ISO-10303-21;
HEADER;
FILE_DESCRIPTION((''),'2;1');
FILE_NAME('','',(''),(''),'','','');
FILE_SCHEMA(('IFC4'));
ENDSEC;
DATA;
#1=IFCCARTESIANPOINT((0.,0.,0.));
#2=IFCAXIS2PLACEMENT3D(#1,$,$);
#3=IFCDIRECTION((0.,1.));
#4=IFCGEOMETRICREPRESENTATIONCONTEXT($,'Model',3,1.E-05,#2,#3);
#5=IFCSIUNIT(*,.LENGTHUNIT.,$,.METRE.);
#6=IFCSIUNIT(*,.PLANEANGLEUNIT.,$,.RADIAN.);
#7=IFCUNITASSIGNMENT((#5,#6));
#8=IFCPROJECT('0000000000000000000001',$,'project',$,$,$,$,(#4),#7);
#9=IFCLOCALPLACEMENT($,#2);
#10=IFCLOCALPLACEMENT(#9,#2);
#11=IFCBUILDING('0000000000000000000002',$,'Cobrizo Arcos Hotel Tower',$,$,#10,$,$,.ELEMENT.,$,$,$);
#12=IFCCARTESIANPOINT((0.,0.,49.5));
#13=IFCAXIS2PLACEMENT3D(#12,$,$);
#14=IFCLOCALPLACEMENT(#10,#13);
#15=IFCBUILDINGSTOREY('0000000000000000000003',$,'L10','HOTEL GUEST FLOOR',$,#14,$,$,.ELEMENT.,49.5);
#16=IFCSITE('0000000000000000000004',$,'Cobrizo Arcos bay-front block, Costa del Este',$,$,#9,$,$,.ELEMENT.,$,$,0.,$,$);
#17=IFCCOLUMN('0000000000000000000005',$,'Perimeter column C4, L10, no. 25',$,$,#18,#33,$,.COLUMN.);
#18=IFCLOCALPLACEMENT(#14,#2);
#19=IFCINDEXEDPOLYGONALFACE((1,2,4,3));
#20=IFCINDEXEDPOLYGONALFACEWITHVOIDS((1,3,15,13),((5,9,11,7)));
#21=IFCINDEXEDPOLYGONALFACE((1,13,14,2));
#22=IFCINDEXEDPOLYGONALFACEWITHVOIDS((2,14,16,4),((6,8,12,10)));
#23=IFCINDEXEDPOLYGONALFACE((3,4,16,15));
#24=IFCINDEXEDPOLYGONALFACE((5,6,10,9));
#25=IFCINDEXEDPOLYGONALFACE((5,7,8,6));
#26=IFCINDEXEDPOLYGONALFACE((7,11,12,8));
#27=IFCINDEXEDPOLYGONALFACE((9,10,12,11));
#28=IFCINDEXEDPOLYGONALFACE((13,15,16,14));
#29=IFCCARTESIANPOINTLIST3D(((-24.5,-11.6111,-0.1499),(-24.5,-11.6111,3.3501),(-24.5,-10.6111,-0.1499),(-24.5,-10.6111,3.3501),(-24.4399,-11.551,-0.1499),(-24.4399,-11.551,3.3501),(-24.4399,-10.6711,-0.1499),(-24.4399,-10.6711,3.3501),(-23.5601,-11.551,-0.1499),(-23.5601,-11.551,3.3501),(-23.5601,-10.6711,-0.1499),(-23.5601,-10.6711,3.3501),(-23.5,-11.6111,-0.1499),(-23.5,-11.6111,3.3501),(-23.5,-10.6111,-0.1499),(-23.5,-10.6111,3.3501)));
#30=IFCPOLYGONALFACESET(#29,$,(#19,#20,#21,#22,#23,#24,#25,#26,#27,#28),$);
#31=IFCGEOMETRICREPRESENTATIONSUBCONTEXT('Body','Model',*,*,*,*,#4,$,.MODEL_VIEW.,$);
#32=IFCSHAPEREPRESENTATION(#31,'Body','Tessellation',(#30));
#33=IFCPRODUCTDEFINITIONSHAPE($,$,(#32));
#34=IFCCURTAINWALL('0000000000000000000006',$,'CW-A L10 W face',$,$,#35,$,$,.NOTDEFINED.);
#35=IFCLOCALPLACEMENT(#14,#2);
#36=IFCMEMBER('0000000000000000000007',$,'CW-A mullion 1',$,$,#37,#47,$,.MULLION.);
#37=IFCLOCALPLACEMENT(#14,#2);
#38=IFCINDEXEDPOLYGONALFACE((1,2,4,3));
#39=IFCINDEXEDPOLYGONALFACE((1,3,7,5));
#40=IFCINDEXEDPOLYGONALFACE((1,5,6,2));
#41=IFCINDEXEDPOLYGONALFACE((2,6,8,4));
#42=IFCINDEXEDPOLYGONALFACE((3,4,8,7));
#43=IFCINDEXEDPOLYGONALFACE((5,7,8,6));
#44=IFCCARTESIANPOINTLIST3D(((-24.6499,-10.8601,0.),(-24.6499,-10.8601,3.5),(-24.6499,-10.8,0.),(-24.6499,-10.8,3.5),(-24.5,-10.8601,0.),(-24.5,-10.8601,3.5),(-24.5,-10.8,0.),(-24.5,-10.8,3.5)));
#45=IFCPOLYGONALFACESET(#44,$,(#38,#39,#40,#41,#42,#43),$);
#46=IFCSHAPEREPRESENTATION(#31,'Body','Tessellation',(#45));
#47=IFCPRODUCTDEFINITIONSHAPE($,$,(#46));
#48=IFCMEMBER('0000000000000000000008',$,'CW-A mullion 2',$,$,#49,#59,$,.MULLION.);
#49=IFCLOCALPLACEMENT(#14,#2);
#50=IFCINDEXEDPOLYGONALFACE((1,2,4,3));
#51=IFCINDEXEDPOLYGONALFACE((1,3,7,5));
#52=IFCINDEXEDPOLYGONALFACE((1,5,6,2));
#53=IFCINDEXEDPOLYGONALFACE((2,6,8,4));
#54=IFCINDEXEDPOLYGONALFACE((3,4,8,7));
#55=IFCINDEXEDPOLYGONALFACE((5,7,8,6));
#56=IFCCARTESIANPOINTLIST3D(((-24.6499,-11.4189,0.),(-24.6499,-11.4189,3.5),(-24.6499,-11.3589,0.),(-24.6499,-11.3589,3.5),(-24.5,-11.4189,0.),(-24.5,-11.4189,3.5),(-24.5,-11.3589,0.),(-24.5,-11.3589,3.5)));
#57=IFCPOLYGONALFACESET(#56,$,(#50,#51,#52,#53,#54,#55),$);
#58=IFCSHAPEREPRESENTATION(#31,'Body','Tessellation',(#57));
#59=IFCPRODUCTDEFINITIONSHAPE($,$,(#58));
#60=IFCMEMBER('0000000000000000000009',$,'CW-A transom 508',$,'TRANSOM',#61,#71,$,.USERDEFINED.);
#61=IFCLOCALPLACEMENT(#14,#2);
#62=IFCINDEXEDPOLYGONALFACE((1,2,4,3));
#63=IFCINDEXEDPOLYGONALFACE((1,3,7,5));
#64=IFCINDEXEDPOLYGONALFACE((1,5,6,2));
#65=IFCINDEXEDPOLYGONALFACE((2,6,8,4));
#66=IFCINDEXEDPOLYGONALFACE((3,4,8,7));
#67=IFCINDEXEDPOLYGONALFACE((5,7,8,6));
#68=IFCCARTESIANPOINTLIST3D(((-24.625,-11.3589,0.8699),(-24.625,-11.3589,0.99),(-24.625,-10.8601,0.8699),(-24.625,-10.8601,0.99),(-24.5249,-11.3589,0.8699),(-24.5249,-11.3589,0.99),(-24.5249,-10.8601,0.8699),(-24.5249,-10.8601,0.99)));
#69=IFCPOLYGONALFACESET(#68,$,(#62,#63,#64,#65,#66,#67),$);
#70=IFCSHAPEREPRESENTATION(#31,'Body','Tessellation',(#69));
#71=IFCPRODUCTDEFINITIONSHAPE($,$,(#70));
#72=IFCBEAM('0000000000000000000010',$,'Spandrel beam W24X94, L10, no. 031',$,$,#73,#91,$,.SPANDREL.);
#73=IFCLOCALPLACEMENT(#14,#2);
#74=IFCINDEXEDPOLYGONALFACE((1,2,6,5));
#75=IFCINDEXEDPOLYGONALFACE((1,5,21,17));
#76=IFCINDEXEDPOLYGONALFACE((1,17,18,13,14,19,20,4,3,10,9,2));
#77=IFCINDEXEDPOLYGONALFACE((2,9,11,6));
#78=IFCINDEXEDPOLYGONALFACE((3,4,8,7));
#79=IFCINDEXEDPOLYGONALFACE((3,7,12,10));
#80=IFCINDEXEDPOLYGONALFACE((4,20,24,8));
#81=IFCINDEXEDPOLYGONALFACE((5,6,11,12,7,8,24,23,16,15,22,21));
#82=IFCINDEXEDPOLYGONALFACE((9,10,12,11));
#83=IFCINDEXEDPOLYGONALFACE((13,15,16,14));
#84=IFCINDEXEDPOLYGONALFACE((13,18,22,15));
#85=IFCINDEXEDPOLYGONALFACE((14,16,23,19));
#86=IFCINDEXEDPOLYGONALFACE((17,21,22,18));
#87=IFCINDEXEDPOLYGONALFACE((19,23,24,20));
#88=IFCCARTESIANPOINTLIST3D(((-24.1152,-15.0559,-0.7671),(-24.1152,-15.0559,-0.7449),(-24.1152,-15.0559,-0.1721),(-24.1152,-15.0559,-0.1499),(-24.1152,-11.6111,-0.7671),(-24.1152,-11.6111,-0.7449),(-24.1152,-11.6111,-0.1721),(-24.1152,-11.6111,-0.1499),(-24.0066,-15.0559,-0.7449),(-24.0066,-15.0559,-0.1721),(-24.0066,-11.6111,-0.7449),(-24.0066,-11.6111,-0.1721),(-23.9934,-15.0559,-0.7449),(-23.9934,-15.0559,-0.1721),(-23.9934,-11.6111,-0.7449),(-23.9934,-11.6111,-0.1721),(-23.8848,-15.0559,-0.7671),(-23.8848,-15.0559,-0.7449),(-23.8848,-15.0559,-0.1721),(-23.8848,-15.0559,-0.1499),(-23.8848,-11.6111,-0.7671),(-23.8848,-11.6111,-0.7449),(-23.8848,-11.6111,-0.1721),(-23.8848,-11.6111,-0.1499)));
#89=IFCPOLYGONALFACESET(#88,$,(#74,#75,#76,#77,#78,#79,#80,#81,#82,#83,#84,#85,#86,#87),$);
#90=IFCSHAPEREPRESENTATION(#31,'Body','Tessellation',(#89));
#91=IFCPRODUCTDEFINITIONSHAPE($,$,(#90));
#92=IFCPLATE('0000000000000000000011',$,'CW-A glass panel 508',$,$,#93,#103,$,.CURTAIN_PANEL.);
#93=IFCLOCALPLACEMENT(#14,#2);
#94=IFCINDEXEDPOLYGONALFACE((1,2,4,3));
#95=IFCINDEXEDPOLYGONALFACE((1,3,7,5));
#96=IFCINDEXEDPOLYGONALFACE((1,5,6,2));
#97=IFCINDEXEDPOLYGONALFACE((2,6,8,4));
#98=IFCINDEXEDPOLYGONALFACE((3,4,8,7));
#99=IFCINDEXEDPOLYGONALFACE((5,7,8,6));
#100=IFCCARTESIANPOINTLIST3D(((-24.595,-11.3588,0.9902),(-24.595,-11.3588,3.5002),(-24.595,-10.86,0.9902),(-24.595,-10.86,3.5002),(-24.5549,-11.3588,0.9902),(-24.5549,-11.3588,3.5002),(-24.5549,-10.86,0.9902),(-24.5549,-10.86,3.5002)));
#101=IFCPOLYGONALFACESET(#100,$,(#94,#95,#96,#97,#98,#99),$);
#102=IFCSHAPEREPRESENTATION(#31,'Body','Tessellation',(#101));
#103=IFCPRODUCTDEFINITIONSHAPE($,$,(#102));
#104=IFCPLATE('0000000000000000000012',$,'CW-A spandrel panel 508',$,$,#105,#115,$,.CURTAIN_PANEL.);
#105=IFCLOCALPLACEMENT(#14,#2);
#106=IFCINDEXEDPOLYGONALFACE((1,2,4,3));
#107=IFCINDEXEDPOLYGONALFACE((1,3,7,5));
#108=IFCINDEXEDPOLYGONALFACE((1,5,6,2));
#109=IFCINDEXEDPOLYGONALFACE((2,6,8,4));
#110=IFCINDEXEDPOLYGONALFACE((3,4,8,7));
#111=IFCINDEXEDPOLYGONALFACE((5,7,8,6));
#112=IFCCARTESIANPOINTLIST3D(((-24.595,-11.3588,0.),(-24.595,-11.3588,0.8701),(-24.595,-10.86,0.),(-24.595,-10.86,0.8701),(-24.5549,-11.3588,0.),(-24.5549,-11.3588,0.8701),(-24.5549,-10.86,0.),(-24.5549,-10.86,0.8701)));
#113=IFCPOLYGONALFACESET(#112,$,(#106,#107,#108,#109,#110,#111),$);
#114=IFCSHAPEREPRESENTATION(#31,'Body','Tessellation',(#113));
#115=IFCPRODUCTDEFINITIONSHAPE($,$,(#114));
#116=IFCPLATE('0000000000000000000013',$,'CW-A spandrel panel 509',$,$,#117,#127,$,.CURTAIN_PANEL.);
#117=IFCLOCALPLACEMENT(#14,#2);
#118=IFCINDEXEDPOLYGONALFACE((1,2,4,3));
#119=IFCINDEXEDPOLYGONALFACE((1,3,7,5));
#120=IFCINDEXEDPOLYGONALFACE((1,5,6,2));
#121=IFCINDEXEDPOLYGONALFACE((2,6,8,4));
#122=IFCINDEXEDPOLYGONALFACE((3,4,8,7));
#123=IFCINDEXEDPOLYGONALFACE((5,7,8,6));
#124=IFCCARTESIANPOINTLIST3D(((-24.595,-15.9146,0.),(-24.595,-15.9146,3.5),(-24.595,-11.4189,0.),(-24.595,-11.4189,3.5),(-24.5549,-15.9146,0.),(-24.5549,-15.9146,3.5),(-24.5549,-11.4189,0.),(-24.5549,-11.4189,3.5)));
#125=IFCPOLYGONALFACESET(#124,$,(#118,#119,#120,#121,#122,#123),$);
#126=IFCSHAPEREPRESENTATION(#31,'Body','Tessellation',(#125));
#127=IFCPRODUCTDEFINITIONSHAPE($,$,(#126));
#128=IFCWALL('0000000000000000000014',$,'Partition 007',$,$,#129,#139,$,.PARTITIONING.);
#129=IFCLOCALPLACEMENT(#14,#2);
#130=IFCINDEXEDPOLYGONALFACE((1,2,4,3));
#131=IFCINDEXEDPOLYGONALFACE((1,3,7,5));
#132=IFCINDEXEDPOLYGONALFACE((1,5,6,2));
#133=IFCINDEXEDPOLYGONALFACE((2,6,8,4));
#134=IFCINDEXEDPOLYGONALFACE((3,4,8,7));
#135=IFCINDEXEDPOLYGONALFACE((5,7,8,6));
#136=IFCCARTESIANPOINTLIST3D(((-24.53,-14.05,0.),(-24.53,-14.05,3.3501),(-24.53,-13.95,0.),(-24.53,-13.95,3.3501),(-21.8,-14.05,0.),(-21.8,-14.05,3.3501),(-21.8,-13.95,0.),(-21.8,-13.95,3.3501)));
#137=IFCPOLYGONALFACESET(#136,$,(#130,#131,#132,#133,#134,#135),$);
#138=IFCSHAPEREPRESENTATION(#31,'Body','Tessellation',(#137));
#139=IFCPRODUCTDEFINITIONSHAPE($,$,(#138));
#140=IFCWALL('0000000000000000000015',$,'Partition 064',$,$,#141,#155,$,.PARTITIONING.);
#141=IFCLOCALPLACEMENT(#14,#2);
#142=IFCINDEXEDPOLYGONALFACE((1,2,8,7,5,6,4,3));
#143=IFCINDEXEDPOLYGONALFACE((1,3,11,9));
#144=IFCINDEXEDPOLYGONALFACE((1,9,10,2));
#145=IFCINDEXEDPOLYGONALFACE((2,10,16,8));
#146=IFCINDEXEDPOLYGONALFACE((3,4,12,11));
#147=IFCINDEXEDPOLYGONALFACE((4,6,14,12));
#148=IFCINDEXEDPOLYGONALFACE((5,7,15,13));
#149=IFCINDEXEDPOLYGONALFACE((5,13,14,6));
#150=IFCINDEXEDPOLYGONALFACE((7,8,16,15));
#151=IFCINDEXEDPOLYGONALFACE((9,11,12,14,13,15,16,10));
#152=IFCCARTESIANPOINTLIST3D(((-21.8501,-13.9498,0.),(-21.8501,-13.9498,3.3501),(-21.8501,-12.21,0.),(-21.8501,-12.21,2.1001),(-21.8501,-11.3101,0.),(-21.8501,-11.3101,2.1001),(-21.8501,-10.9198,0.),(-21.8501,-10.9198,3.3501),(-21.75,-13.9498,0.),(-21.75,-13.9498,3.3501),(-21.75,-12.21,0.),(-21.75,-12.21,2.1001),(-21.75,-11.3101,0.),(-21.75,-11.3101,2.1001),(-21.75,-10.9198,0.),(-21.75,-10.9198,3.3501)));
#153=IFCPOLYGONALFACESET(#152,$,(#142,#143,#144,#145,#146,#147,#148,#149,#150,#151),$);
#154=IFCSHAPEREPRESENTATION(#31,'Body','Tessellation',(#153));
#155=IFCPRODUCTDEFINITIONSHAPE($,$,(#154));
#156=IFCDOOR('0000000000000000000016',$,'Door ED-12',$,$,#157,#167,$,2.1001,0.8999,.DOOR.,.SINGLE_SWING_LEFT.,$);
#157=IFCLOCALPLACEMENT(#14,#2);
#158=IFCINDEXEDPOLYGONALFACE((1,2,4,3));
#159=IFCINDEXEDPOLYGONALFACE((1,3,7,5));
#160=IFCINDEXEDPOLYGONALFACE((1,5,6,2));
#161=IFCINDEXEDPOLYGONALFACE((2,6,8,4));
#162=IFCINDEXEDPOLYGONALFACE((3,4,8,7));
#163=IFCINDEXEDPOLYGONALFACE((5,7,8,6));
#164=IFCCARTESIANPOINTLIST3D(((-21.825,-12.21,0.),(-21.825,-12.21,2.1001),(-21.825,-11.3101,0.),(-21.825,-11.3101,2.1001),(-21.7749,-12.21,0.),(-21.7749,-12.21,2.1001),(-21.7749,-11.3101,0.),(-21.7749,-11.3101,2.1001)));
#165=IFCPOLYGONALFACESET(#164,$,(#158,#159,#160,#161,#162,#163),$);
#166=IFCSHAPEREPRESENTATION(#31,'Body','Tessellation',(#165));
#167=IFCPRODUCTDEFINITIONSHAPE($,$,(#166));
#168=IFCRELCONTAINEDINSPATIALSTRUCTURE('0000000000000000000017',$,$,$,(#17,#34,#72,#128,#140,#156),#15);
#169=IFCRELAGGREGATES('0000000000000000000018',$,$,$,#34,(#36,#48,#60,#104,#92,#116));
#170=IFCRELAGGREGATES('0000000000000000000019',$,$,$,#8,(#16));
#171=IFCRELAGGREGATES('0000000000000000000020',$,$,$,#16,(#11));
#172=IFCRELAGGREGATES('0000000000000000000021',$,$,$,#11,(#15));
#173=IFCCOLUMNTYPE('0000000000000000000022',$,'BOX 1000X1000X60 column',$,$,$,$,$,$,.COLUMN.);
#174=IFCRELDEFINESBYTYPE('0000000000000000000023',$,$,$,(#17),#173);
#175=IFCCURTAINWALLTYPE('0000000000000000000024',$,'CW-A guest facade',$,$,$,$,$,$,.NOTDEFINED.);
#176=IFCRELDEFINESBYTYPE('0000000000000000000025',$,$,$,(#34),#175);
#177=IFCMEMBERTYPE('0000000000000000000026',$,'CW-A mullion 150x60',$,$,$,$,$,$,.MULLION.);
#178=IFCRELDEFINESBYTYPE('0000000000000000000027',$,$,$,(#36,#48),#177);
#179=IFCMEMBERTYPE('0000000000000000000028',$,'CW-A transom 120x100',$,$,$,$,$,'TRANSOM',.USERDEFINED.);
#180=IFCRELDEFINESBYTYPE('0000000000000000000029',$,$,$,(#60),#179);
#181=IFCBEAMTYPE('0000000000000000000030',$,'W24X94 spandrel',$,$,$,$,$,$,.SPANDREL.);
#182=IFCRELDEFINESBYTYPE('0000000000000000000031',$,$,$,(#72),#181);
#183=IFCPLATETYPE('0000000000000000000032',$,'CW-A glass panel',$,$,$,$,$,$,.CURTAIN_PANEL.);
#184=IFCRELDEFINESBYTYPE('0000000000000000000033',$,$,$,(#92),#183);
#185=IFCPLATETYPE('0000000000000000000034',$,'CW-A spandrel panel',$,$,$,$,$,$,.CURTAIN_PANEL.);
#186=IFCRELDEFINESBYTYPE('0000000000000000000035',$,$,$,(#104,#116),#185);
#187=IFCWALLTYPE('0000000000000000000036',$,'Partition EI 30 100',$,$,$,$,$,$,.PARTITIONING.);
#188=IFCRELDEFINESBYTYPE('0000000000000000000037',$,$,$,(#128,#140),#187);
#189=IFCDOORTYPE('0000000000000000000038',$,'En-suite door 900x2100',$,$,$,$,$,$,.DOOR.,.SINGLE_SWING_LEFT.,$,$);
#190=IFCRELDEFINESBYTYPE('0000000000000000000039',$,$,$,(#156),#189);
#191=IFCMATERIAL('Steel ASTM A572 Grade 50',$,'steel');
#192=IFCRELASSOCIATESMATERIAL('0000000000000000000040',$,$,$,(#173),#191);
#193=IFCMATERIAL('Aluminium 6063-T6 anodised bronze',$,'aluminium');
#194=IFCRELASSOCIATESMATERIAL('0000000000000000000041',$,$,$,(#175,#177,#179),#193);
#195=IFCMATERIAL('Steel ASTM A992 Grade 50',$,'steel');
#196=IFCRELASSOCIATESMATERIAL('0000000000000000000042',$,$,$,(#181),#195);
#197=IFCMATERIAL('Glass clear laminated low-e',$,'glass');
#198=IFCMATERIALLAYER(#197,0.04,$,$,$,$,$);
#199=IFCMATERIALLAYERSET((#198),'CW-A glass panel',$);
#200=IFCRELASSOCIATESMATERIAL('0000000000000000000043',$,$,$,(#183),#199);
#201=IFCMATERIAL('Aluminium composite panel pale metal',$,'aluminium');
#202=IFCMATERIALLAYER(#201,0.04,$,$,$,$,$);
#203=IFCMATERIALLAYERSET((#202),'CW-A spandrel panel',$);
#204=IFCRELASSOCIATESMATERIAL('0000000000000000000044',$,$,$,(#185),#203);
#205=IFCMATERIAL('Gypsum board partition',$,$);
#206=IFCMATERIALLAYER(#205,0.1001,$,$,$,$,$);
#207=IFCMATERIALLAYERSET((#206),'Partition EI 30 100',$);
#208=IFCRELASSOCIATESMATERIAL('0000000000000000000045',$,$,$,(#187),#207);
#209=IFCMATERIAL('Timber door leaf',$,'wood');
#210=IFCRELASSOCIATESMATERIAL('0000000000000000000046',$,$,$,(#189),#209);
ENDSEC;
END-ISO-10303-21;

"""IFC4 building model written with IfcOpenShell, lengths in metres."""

from ifc_helpers import new_model, si_unit, direction, frame, frame_2d, origin, origin_2d, place, context, subcontext, project, spatial, rectangle, hollow_rectangle, i_section, extrude, material, layer, layer_set, material_profile, profile_set, type_object, element, fill, aggregate, save


model = new_model("IFC4")

# Units and contexts
model_context = context("Model", 3, precision=1e-05, world=origin(), true_north=direction((0.0, 1.0)))
body_context = subcontext(model_context, "Body", "Model", "MODEL_VIEW")
ifc_project = project(units=[si_unit("LENGTHUNIT", "METRE"), si_unit("PLANEANGLEUNIT", "RADIAN")], contexts=[model_context])

# Site, building, storey
site_placement = place(None, origin())
site = spatial("IfcSite", under=ifc_project, at=site_placement, Name="Cobrizo Arcos bay-front block, Costa del Este", CompositionType="ELEMENT", RefElevation=0.0)
building_placement = place(site_placement, origin())
building = spatial("IfcBuilding", under=site, at=building_placement, Name="Cobrizo Arcos Hotel Tower", CompositionType="ELEMENT")
storey_placement = place(building_placement, frame((0.0, 0.0, 49.5)))
storey = spatial("IfcBuildingStorey", under=building, at=storey_placement, Name="L10", Description="HOTEL GUEST FLOOR", CompositionType="ELEMENT", Elevation=49.5)

# Column
ifc_material_1 = material(Name="Steel ASTM A572 Grade 50", Category="steel")
ifc_material_profile_1 = material_profile(ifc_material_1, hollow_rectangle(XDim=1.0, YDim=1.0, WallThickness=0.0601, at=origin_2d()), Name="BOX 1000X1000X60")
ifc_profile_set_1 = profile_set([ifc_material_profile_1], Name="Steel ASTM A572 Grade 50")
column_type = type_object("IfcColumnType", Name="BOX 1000X1000X60 column", PredefinedType="COLUMN", material=ifc_profile_set_1)
column_placement = place(storey_placement, frame((-24.0, -11.1111, -0.1499), z_axis=(0.0, 0.0, 1.0), x_axis=(1.0, 0.0, 0.0)))
element("IfcColumn", 1, at=column_placement, inside=storey, type_object=column_type, Name="Perimeter column C4, L10, no. 25", PredefinedType="COLUMN", context=body_context, shape_type="SweptSolid", body=[
    extrude(hollow_rectangle(XDim=1.0, YDim=1.0, WallThickness=0.0601, at=origin_2d()), origin(), (0.0, 0.0, 1.0), 3.5),
])

# Curtain wall, members
ifc_material_2 = material(Name="Aluminium 6063-T6 anodised bronze", Category="aluminium")
curtain_wall_type = type_object("IfcCurtainWallType", Name="CW-A guest facade", PredefinedType="NOTDEFINED", material=ifc_material_2)
curtain_wall_placement = place(storey_placement, origin())
curtain_wall = element("IfcCurtainWall", 2, at=curtain_wall_placement, inside=storey, type_object=curtain_wall_type, Name="CW-A L10 W face", PredefinedType="NOTDEFINED")
ifc_material_profile_2 = material_profile(ifc_material_2, rectangle(XDim=0.1499, YDim=0.0601, at=origin_2d()), Name="CW-A mullion 150x60")
ifc_profile_set_2 = profile_set([ifc_material_profile_2], Name="Aluminium 6063-T6 anodised bronze")
member_type_1 = type_object("IfcMemberType", Name="CW-A mullion 150x60", PredefinedType="MULLION", material=ifc_profile_set_2)
member_1_placement = place(storey_placement, frame((-24.575, -10.8301, 0.0), z_axis=(0.0, 0.0, 1.0), x_axis=(-1.0, 0.0, 0.0)))
member_1 = element("IfcMember", 3, at=member_1_placement, type_object=member_type_1, Name="CW-A mullion 1", PredefinedType="MULLION", context=body_context, shape_type="SweptSolid", body=[
    extrude(rectangle(XDim=0.1499, YDim=0.0601, at=origin_2d()), origin(), (0.0, 0.0, 1.0), 3.5),
])
member_2_placement = place(storey_placement, frame((-24.575, -11.3889, 0.0), z_axis=(0.0, 0.0, 1.0), x_axis=(-1.0, 0.0, 0.0)))
member_2 = element("IfcMember", 4, at=member_2_placement, type_object=member_type_1, Name="CW-A mullion 2", PredefinedType="MULLION", context=body_context, shape_type="SweptSolid", body=[
    extrude(rectangle(XDim=0.1499, YDim=0.0601, at=origin_2d()), origin(), (0.0, 0.0, 1.0), 3.5),
])
ifc_material_profile_3 = material_profile(ifc_material_2, rectangle(XDim=0.1001, YDim=0.1201, at=origin_2d()), Name="CW-A transom 120x100")
ifc_profile_set_3 = profile_set([ifc_material_profile_3], Name="Aluminium 6063-T6 anodised bronze")
member_type_2 = type_object("IfcMemberType", Name="CW-A transom 120x100", ElementType="TRANSOM", PredefinedType="USERDEFINED", material=ifc_profile_set_3)
member_3_placement = place(storey_placement, frame((-24.575, -10.8601, 0.9299), z_axis=(0.0, -1.0, 0.0), x_axis=(1.0, 0.0, 0.0)))
member_3 = element("IfcMember", 5, at=member_3_placement, type_object=member_type_2, Name="CW-A transom 508", ObjectType="TRANSOM", PredefinedType="USERDEFINED", context=body_context, shape_type="SweptSolid", body=[
    extrude(rectangle(XDim=0.1001, YDim=0.1201, at=origin_2d()), origin(), (0.0, 0.0, 1.0), 0.4988),
])

# Beam
ifc_material_3 = material(Name="Steel ASTM A992 Grade 50", Category="steel")
ifc_material_profile_4 = material_profile(ifc_material_3, i_section(OverallWidth=0.2305, OverallDepth=0.6172, WebThickness=0.0132, FlangeThickness=0.0222, at=origin_2d()), Name="W24X94")
ifc_profile_set_4 = profile_set([ifc_material_profile_4], Name="Steel ASTM A992 Grade 50")
beam_type = type_object("IfcBeamType", Name="W24X94 spandrel", PredefinedType="SPANDREL", material=ifc_profile_set_4)
beam_placement = place(storey_placement, frame((-24.0, -11.6111, -0.4585), z_axis=(0.0, -1.0, 0.0), x_axis=(1.0, 0.0, 0.0)))
element("IfcBeam", 6, at=beam_placement, inside=storey, type_object=beam_type, Name="Spandrel beam W24X94, L10, no. 031", PredefinedType="SPANDREL", context=body_context, shape_type="SweptSolid", body=[
    extrude(i_section(OverallWidth=0.2305, OverallDepth=0.6172, WebThickness=0.0132, FlangeThickness=0.0222, at=origin_2d()), origin(), (0.0, 0.0, 1.0), 3.4448),
])

# Plates
ifc_material_4 = material(Name="Glass clear laminated low-e", Category="glass")
ifc_layer_1 = layer(ifc_material_4, 0.04)
ifc_layer_set_1 = layer_set([ifc_layer_1], Name="CW-A glass panel")
plate_type_1 = type_object("IfcPlateType", Name="CW-A glass panel", PredefinedType="CURTAIN_PANEL", material=ifc_layer_set_1)
plate_1_placement = place(storey_placement, frame((-24.575, -11.1094, 0.9902), z_axis=(0.0, 0.0, 1.0), x_axis=(0.0, -1.0, 0.0)))
plate_1 = element("IfcPlate", 7, at=plate_1_placement, type_object=plate_type_1, Name="CW-A glass panel 508", PredefinedType="CURTAIN_PANEL", context=body_context, shape_type="SweptSolid", body=[
    extrude(rectangle(XDim=0.4988, YDim=0.04, at=origin_2d()), origin(), (0.0, 0.0, 1.0), 2.51),
])
ifc_material_5 = material(Name="Aluminium composite panel pale metal", Category="aluminium")
ifc_layer_2 = layer(ifc_material_5, 0.04)
ifc_layer_set_2 = layer_set([ifc_layer_2], Name="CW-A spandrel panel")
plate_type_2 = type_object("IfcPlateType", Name="CW-A spandrel panel", PredefinedType="CURTAIN_PANEL", material=ifc_layer_set_2)
plate_2_placement = place(storey_placement, frame((-24.575, -11.1094, 0.0), z_axis=(0.0, 0.0, 1.0), x_axis=(0.0, -1.0, 0.0)))
plate_2 = element("IfcPlate", 8, at=plate_2_placement, type_object=plate_type_2, Name="CW-A spandrel panel 508", PredefinedType="CURTAIN_PANEL", context=body_context, shape_type="SweptSolid", body=[
    extrude(rectangle(XDim=0.4988, YDim=0.04, at=origin_2d()), origin(), (0.0, 0.0, 1.0), 0.8701),
])
plate_3_placement = place(storey_placement, frame((-24.575, -13.6667, 0.0), z_axis=(0.0, 0.0, 1.0), x_axis=(0.0, -1.0, 0.0)))
plate_3 = element("IfcPlate", 9, at=plate_3_placement, type_object=plate_type_2, Name="CW-A spandrel panel 509", PredefinedType="CURTAIN_PANEL", context=body_context, shape_type="SweptSolid", body=[
    extrude(rectangle(XDim=4.4956, YDim=0.04, at=origin_2d()), origin(), (0.0, 0.0, 1.0), 3.5),
])
aggregate(curtain_wall, [member_1, member_2, member_3, plate_2, plate_1, plate_3])

# Wall
ifc_material_6 = material(Name="Gypsum board partition")
ifc_layer_3 = layer(ifc_material_6, 0.1001)
ifc_layer_set_3 = layer_set([ifc_layer_3], Name="Partition EI 30 100")
wall_type_1 = type_object("IfcWallType", Name="Partition EI 30 100", PredefinedType="PARTITIONING", material=ifc_layer_set_3)
wall_1_placement = place(storey_placement, frame((-24.53, -14.0, 0.0), z_axis=(0.0, 0.0, 1.0), x_axis=(1.0, 0.0, 0.0)))
element("IfcWall", 10, at=wall_1_placement, inside=storey, type_object=wall_type_1, Name="Partition 007", PredefinedType="PARTITIONING", context=body_context, shape_type="SweptSolid", body=[
    extrude(rectangle(XDim=2.73, YDim=0.1001, at=frame_2d((1.365, 0.0))), origin(), (0.0, 0.0, 1.0), 3.3501),
])

# Wall, opening, door
wall_2_placement = place(storey_placement, frame((-21.8, -13.95, 0.0), z_axis=(0.0, 0.0, 1.0), x_axis=(0.0, 1.0, 0.0)))
wall_2 = element("IfcWall", 11, at=wall_2_placement, inside=storey, type_object=wall_type_1, Name="Partition 064", PredefinedType="PARTITIONING", context=body_context, shape_type="SweptSolid", body=[
    extrude(rectangle(XDim=3.03, YDim=0.1001, at=frame_2d((1.5151, 0.0))), origin(), (0.0, 0.0, 1.0), 3.3501),
])
opening_1_placement = place(wall_2_placement, frame((1.74, 0.0, 0.0)))
opening_1 = element("IfcOpeningElement", 12, at=opening_1_placement, cuts=wall_2, PredefinedType="OPENING", context=body_context, shape_type="SweptSolid", body=[
    extrude(rectangle(XDim=0.8999, YDim=2.1001, at=frame_2d((0.45, 1.05))), frame((0.0, 0.062, 0.0), z_axis=(0.0, -1.0, 0.0), x_axis=(1.0, 0.0, 0.0)), (0.0, 0.0, 1.0), 0.124),
])
ifc_material_7 = material(Name="Timber door leaf", Category="wood")
door_type_1 = type_object("IfcDoorType", Name="En-suite door 900x2100", OperationType="SINGLE_SWING_LEFT", PredefinedType="DOOR", material=ifc_material_7)
door_1_placement = place(opening_1_placement, origin())
door_1 = element("IfcDoor", 13, at=door_1_placement, inside=storey, type_object=door_type_1, Name="Door ED-12", OperationType="SINGLE_SWING_LEFT", OverallHeight=2.1001, OverallWidth=0.8999, PredefinedType="DOOR", context=body_context, shape_type="SweptSolid", body=[
    extrude(rectangle(XDim=0.8999, YDim=2.1001, at=frame_2d((0.45, 1.05))), frame((0.0, 0.0249, 0.0), z_axis=(0.0, -1.0, 0.0), x_axis=(1.0, 0.0, 0.0)), (0.0, 0.0, 1.0), 0.05),
])
fill(opening_1, door_1)

save(model, "model.ifc")
